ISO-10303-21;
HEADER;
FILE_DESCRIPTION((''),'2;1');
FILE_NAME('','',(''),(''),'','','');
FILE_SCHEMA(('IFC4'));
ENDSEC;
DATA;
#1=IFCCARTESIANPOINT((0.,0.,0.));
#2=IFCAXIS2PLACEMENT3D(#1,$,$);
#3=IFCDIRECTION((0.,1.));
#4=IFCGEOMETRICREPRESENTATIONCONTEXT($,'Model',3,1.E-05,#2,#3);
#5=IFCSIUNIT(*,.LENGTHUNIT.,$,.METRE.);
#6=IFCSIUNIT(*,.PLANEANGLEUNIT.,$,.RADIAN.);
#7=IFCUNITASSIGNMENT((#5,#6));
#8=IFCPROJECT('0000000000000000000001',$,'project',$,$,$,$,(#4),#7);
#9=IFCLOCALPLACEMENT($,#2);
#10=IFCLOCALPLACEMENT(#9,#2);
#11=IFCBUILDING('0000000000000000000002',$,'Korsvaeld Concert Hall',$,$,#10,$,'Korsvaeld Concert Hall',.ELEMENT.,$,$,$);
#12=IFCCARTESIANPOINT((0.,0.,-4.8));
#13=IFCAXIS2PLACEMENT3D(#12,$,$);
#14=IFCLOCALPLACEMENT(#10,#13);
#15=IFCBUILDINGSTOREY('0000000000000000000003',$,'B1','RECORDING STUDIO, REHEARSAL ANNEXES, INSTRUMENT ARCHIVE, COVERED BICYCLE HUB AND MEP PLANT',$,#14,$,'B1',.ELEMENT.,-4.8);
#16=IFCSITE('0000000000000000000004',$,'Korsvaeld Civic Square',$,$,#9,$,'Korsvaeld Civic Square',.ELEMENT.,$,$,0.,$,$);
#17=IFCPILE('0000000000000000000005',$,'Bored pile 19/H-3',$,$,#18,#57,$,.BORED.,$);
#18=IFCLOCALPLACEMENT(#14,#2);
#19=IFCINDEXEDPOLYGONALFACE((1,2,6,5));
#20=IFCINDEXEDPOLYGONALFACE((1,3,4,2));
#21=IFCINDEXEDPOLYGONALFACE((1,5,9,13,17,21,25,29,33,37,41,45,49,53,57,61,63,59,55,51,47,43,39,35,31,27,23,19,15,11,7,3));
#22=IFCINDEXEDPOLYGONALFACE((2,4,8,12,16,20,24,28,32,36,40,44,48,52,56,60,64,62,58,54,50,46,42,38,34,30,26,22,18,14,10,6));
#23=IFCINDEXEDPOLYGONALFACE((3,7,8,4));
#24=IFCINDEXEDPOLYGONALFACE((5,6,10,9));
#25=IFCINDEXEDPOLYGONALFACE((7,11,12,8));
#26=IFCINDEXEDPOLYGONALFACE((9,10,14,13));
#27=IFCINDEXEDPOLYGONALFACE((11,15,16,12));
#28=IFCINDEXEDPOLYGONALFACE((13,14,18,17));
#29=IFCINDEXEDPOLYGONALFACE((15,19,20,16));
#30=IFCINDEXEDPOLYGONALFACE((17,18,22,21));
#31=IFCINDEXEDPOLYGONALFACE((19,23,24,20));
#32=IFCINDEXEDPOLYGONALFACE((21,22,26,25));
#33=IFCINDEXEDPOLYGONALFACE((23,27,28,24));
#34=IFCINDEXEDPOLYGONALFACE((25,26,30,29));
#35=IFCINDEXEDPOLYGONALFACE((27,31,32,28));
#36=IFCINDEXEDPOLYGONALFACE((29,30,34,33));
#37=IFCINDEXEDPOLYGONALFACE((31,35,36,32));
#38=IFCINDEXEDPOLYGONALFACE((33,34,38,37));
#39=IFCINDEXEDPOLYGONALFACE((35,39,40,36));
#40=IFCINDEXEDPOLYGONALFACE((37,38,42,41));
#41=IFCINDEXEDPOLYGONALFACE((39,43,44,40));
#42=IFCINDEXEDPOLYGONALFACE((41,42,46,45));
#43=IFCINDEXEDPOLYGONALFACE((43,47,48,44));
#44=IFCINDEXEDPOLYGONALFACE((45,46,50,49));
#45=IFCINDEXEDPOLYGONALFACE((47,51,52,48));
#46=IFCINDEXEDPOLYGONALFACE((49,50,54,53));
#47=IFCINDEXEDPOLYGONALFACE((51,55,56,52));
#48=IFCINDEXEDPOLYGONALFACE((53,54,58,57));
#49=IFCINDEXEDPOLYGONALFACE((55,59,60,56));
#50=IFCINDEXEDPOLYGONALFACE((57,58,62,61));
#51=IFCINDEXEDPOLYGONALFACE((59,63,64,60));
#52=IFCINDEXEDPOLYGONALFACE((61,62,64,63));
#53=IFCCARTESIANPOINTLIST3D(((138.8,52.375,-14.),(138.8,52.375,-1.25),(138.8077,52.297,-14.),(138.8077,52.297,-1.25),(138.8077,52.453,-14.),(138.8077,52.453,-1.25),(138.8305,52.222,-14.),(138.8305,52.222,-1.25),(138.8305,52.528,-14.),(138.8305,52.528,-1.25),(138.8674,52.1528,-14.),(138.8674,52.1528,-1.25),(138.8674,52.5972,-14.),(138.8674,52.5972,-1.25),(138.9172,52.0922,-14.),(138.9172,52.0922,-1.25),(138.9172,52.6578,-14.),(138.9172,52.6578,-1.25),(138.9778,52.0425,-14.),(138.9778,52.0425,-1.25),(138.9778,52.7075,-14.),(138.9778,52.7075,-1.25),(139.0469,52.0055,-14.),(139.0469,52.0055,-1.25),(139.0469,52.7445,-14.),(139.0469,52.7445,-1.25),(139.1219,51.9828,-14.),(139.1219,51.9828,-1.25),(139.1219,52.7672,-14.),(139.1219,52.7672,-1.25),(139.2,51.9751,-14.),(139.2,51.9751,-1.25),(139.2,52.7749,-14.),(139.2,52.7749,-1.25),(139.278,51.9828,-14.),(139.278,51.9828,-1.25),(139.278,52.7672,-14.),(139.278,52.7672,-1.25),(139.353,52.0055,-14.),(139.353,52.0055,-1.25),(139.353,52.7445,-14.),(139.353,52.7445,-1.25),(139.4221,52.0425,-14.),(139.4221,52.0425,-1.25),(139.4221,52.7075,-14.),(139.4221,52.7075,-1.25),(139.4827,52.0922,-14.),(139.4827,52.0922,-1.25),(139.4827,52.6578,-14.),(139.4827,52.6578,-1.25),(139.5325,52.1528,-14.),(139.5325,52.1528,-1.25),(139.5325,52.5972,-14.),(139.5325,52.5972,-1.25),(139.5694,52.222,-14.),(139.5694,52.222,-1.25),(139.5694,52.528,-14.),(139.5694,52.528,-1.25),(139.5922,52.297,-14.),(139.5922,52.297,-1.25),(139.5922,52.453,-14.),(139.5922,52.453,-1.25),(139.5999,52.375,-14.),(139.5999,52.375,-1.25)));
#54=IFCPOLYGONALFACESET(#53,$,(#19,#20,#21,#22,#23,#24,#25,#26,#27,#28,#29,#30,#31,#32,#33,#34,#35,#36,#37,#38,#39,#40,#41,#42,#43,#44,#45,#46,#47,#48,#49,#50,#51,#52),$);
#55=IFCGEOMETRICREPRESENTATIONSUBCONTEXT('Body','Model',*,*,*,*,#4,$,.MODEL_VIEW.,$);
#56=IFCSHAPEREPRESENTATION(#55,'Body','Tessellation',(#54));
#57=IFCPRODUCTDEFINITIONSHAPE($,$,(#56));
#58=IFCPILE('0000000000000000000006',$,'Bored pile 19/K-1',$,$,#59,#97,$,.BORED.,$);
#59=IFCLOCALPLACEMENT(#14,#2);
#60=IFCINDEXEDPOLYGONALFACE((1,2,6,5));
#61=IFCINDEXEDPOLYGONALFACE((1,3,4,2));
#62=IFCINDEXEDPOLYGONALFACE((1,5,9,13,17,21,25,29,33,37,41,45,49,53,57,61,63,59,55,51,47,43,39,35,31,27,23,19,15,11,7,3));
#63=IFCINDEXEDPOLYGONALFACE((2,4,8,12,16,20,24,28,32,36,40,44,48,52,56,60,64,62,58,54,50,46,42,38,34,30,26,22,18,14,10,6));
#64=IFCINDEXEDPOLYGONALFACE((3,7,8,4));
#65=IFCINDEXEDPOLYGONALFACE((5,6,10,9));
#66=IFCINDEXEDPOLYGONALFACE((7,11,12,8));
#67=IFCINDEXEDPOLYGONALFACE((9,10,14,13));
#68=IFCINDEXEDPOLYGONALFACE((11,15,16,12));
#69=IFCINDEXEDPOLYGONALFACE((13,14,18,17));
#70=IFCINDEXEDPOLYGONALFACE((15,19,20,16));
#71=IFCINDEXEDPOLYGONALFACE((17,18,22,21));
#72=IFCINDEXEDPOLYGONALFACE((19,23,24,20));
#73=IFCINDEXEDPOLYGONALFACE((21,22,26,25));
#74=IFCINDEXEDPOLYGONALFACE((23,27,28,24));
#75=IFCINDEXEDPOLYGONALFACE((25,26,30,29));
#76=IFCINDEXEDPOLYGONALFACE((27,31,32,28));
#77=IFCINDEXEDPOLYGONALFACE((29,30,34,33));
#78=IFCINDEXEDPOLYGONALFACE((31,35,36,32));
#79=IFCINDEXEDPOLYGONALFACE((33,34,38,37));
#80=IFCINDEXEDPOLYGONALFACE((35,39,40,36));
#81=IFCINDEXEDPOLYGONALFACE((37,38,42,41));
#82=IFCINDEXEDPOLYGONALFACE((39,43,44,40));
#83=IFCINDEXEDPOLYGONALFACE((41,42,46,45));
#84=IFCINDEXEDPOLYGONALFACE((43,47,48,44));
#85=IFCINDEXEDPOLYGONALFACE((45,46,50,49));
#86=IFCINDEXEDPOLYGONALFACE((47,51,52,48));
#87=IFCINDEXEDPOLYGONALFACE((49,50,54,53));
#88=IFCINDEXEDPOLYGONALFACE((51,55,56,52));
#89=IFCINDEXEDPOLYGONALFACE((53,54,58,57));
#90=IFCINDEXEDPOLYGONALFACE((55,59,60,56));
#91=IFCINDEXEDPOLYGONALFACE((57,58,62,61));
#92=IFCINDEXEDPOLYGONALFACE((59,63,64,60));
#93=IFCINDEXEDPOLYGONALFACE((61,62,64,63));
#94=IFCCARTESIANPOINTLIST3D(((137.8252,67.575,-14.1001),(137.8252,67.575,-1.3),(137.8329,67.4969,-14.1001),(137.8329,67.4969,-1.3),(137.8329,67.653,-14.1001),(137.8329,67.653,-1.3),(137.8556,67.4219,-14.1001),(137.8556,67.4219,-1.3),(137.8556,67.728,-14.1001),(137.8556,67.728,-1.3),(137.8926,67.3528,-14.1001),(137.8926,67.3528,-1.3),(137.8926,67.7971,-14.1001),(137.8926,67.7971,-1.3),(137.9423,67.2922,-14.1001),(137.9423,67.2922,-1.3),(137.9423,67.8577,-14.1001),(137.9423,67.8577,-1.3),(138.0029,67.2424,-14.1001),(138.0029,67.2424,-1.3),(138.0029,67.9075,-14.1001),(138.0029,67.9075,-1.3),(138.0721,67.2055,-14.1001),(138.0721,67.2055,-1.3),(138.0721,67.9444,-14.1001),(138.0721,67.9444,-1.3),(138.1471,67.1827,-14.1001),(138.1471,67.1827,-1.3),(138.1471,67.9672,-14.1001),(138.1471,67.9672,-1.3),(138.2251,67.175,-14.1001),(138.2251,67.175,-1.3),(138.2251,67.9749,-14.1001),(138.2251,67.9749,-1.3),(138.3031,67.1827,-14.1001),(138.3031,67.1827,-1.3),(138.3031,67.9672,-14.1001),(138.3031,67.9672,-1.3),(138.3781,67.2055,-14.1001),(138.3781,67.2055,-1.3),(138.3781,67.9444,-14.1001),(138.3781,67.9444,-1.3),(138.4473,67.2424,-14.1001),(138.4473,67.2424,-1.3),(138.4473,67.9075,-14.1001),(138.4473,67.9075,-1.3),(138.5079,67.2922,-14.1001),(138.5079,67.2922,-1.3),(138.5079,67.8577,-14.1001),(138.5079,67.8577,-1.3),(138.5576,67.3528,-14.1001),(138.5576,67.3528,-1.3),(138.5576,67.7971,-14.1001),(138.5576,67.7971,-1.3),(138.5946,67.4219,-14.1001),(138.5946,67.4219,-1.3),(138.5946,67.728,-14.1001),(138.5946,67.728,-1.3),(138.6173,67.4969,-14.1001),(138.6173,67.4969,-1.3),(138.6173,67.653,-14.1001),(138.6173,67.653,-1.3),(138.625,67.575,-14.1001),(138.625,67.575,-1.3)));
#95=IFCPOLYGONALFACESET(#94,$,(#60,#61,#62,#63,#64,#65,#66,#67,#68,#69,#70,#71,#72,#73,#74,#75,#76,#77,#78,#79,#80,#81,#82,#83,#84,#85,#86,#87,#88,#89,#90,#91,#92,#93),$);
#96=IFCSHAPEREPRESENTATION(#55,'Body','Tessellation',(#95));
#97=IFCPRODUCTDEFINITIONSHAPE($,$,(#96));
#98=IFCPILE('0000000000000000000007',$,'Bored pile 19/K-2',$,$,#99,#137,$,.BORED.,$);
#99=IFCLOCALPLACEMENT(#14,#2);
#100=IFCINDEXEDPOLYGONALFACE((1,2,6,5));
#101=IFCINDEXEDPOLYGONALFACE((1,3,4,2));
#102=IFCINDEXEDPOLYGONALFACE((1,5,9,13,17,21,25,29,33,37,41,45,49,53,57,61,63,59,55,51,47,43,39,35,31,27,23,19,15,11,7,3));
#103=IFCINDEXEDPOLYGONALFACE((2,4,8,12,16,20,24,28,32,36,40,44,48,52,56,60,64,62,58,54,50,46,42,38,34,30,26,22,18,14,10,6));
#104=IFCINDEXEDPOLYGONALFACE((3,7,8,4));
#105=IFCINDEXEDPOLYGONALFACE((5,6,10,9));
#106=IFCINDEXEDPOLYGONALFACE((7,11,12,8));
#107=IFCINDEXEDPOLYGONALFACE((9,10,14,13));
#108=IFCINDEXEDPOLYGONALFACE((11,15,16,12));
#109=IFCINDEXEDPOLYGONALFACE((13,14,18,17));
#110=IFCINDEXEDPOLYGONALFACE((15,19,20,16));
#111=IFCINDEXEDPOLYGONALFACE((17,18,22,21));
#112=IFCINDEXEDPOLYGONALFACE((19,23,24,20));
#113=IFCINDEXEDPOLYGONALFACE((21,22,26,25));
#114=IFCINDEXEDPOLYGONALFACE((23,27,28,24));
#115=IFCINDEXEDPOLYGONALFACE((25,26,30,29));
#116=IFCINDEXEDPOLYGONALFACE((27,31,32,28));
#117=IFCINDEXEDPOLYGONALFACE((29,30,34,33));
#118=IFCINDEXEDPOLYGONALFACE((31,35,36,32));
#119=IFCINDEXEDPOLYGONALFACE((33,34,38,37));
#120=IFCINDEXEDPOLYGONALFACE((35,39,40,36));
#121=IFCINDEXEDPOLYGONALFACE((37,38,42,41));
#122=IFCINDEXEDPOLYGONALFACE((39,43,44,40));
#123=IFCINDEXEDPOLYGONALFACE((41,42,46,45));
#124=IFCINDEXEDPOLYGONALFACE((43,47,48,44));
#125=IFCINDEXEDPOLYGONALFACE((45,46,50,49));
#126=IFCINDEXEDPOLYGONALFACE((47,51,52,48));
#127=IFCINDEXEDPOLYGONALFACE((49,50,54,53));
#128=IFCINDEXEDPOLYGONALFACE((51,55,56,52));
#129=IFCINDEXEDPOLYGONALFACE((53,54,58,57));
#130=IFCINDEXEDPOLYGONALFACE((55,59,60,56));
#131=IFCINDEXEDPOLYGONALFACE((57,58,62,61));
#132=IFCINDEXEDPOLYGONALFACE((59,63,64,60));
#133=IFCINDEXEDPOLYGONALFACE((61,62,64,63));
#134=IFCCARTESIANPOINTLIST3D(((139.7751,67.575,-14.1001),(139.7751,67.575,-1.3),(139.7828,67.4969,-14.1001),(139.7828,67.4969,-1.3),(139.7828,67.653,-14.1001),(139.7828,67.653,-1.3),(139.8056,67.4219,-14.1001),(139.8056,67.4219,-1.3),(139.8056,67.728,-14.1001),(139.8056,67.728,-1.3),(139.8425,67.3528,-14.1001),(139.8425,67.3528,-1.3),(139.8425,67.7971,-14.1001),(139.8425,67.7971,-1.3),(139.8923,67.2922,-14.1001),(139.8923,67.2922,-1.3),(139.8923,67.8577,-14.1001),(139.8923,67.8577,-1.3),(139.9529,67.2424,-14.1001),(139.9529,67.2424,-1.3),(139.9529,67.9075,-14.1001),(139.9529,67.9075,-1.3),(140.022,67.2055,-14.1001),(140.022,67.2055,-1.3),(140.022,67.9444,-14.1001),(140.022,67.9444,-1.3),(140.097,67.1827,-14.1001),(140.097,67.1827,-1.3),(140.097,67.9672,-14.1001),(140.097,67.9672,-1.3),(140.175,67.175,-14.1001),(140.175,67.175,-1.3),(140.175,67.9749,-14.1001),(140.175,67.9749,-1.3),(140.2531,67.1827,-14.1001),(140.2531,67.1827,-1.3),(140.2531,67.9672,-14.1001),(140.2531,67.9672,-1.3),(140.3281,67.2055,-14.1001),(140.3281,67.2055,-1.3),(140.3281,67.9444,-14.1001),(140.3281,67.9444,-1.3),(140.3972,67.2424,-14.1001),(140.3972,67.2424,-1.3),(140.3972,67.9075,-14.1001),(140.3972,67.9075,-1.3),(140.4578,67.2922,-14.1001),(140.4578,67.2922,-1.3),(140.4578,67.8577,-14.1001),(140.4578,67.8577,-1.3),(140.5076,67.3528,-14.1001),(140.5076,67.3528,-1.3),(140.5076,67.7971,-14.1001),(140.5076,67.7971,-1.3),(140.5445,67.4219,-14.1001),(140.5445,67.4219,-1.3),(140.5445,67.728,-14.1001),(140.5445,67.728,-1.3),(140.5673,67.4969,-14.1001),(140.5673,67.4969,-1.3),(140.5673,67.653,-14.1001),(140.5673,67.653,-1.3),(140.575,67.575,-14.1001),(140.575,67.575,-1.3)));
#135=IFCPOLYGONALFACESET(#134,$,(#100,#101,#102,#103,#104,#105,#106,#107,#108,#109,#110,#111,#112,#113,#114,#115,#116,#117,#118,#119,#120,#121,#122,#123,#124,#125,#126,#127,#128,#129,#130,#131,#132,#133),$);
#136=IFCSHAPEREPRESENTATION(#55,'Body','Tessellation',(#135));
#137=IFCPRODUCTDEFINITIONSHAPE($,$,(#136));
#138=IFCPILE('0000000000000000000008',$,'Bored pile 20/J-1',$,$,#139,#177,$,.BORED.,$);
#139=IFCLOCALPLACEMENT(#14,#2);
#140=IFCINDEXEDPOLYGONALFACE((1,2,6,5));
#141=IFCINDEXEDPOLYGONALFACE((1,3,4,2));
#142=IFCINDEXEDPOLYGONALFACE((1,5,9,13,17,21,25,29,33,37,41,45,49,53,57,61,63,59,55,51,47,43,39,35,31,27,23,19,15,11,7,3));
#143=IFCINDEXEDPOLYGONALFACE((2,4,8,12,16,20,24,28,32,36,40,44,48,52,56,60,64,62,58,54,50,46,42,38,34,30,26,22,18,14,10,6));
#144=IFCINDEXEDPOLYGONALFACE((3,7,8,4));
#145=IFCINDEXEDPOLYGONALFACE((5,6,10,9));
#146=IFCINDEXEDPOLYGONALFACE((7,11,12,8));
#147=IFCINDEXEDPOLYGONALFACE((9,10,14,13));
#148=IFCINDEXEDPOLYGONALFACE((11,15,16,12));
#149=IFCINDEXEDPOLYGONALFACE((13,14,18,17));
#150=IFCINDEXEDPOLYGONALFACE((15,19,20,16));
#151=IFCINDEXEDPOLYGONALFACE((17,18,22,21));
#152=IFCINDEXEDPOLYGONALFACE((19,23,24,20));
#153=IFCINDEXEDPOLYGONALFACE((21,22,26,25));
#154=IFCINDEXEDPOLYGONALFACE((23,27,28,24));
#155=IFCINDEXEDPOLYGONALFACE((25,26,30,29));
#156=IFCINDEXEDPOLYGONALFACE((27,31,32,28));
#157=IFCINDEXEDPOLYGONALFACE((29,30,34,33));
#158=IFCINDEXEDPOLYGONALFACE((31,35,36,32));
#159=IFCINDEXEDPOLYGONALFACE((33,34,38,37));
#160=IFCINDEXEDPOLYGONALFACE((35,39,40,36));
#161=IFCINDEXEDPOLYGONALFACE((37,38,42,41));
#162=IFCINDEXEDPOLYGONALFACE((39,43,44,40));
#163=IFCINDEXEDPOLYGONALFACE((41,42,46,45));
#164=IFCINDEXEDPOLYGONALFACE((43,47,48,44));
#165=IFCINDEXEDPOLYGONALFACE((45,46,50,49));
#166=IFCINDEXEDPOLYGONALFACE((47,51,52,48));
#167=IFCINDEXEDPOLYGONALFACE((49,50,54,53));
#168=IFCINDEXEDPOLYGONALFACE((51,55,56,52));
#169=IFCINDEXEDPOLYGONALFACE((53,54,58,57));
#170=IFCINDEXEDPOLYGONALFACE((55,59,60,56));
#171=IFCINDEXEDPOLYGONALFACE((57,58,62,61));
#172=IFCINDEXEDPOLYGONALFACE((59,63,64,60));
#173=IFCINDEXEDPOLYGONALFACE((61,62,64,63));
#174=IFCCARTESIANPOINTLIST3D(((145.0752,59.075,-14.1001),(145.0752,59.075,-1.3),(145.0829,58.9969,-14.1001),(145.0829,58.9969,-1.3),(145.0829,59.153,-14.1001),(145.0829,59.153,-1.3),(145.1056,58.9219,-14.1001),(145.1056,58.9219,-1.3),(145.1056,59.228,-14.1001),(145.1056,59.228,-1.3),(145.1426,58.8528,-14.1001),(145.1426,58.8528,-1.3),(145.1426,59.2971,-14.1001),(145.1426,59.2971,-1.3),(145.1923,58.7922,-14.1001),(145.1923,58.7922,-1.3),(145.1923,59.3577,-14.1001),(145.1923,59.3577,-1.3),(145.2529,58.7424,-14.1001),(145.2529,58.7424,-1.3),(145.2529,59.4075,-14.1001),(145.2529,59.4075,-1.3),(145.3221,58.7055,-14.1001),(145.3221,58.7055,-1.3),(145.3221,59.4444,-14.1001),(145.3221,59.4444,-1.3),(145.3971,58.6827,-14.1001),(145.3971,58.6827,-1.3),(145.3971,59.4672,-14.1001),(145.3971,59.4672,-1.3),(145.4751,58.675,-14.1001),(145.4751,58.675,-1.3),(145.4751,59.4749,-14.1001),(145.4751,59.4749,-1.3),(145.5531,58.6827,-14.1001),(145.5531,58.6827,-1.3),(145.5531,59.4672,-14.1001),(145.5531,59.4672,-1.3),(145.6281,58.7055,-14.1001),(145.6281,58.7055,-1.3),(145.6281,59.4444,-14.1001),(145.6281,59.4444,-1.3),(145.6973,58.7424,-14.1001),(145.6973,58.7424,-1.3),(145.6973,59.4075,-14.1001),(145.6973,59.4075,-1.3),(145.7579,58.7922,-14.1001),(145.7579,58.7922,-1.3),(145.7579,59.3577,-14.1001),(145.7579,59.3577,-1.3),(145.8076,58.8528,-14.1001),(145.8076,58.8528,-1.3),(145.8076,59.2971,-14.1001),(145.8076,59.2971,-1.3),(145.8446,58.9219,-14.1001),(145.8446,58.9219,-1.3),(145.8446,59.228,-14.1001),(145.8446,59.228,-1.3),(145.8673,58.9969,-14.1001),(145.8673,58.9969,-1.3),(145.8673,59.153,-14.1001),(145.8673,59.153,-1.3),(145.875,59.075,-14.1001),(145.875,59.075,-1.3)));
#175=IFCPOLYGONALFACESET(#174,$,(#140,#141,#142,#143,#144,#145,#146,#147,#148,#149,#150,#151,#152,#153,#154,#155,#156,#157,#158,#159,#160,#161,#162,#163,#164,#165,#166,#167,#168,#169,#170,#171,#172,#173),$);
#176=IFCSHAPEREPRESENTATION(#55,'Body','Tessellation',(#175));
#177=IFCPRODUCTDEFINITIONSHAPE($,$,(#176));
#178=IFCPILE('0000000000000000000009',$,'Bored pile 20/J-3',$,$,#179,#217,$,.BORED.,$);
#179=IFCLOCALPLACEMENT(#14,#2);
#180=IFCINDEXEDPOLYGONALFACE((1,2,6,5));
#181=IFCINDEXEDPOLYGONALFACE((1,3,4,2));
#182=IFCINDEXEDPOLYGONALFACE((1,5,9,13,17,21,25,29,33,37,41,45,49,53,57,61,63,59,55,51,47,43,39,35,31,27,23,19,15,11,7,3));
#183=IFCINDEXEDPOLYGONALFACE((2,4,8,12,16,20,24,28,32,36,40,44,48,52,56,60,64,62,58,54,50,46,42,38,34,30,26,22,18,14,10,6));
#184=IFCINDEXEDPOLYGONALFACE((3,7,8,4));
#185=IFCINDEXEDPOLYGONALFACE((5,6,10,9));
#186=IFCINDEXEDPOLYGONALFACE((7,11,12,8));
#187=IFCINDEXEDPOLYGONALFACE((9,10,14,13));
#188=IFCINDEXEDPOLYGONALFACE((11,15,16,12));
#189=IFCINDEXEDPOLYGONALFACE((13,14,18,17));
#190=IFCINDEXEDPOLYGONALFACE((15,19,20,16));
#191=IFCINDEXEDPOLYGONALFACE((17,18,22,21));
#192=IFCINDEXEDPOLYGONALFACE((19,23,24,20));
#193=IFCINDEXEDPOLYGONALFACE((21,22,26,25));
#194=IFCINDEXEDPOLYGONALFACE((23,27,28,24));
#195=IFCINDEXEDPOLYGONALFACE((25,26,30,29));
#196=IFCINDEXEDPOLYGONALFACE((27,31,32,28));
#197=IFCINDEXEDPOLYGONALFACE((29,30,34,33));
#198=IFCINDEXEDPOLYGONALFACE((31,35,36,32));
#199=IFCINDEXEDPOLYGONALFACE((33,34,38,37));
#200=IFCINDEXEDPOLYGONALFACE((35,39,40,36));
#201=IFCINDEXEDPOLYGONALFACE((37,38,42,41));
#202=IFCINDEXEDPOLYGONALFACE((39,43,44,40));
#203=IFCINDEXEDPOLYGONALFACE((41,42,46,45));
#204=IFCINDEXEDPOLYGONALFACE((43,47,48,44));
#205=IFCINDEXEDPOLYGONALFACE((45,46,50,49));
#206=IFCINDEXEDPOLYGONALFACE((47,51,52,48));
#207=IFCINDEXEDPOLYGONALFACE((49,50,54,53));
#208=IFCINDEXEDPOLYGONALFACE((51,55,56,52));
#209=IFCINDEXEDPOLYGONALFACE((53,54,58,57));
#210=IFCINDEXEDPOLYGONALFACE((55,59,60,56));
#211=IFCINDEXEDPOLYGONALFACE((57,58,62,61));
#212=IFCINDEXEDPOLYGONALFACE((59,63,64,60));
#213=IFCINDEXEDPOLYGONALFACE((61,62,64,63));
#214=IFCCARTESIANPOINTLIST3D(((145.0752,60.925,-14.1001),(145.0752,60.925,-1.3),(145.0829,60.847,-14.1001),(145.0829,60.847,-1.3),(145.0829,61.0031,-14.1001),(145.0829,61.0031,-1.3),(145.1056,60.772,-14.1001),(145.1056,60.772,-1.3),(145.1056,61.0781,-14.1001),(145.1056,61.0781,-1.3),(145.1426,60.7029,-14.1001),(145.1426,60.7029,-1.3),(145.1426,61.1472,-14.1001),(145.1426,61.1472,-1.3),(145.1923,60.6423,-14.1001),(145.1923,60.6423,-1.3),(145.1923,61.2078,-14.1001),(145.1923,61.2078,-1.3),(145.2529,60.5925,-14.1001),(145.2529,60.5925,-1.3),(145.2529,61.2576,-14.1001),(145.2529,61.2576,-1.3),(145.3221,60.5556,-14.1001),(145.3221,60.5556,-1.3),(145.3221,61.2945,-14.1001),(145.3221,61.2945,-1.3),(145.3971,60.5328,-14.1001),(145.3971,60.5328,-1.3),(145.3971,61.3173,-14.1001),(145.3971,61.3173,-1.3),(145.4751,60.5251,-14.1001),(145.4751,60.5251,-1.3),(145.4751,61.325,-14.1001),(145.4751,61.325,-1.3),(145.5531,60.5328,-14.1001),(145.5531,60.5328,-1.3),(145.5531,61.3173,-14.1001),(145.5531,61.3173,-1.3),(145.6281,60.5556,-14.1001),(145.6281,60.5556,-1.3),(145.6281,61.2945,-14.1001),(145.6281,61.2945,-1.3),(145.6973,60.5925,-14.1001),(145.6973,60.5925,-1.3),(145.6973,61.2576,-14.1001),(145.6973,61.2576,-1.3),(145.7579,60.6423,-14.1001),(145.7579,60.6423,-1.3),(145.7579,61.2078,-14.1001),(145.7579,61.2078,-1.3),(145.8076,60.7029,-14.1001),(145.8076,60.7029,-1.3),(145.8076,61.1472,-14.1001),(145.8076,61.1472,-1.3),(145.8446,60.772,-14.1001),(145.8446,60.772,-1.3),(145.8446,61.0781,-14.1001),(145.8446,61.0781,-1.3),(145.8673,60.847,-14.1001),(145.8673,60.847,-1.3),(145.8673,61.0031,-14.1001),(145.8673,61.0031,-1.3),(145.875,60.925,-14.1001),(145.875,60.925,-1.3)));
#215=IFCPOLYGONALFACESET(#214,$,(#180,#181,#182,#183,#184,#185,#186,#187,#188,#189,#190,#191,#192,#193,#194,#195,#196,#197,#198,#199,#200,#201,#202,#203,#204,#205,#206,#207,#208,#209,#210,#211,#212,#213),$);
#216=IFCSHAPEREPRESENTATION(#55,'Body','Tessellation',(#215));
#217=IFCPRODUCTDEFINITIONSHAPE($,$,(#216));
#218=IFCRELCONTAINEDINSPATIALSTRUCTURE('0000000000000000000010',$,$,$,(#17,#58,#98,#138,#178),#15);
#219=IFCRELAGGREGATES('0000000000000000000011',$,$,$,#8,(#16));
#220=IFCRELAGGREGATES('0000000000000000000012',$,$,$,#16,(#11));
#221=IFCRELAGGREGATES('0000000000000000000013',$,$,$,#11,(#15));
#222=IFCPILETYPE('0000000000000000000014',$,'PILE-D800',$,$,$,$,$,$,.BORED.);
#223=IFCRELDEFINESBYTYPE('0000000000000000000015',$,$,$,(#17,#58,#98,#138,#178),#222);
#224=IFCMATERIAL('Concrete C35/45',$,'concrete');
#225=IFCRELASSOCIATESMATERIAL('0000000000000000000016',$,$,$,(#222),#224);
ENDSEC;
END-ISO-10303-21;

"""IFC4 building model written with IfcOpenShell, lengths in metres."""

from ifc_helpers import new_model, si_unit, direction, frame, origin, origin_2d, place, context, subcontext, project, spatial, circle, extrude, material, material_profile, profile_set, type_object, element, save


model = new_model("IFC4")

# Units and contexts
model_context = context("Model", 3, precision=1e-05, world=origin(), true_north=direction((0.0, 1.0)))
body_context = subcontext(model_context, "Body", "Model", "MODEL_VIEW")
ifc_project = project(units=[si_unit("LENGTHUNIT", "METRE"), si_unit("PLANEANGLEUNIT", "RADIAN")], contexts=[model_context])

# Site, building, storey
site_placement = place(None, origin())
site = spatial("IfcSite", under=ifc_project, at=site_placement, Name="Korsvaeld Civic Square", LongName="Korsvaeld Civic Square", CompositionType="ELEMENT", RefElevation=0.0)
building_placement = place(site_placement, origin())
building = spatial("IfcBuilding", under=site, at=building_placement, Name="Korsvaeld Concert Hall", LongName="Korsvaeld Concert Hall", CompositionType="ELEMENT")
storey_placement = place(building_placement, frame((0.0, 0.0, -4.8)))
storey = spatial("IfcBuildingStorey", under=building, at=storey_placement, Name="B1", Description="RECORDING STUDIO, REHEARSAL ANNEXES, INSTRUMENT ARCHIVE, COVERED BICYCLE HUB AND MEP PLANT", LongName="B1", CompositionType="ELEMENT", Elevation=-4.8)

# Shared definitions
ifc_material_1 = material(Name="Concrete C35/45", Category="concrete")

# Piles
ifc_material_profile_1 = material_profile(ifc_material_1, circle(Radius=0.3999, at=origin_2d()), Name="BORED PILE D800")
ifc_profile_set_1 = profile_set([ifc_material_profile_1], Name="Concrete C35/45")
pile_type_1 = type_object("IfcPileType", Name="PILE-D800", PredefinedType="BORED", material=ifc_profile_set_1)
pile_1_placement = place(storey_placement, frame((139.2, 52.375, -1.25), z_axis=(0.0, 0.0, -1.0), x_axis=(1.0, 0.0, 0.0)))
element("IfcPile", 1, at=pile_1_placement, inside=storey, type_object=pile_type_1, Name="Bored pile 19/H-3", PredefinedType="BORED", context=body_context, shape_type="SweptSolid", body=[
    extrude(circle(Radius=0.3999, at=origin_2d()), origin(), (0.0, 0.0, 1.0), 12.75),
])
for number, where, z_axis, x_axis, name in (
    (2, (138.2251, 67.575, -1.3), (0.0, 0.0, -1.0), (1.0, 0.0, 0.0), "Bored pile 19/K-1"),
    (3, (140.175, 67.575, -1.3), (0.0, 0.0, -1.0), (1.0, 0.0, 0.0), "Bored pile 19/K-2"),
    (4, (145.4751, 59.075, -1.3), (0.0, 0.0, -1.0), (1.0, 0.0, 0.0), "Bored pile 20/J-1"),
    (5, (145.4751, 60.925, -1.3), (0.0, 0.0, -1.0), (1.0, 0.0, 0.0), "Bored pile 20/J-3"),
):
    element("IfcPile", number, at=place(storey_placement, frame(where, z_axis=z_axis, x_axis=x_axis)), inside=storey, type_object=pile_type_1, Name=name, PredefinedType="BORED", context=body_context, shape_type="SweptSolid", body=[
        extrude(circle(Radius=0.3999, at=origin_2d()), origin(), (0.0, 0.0, 1.0), 12.8),
    ])

save(model, "model.ifc")
